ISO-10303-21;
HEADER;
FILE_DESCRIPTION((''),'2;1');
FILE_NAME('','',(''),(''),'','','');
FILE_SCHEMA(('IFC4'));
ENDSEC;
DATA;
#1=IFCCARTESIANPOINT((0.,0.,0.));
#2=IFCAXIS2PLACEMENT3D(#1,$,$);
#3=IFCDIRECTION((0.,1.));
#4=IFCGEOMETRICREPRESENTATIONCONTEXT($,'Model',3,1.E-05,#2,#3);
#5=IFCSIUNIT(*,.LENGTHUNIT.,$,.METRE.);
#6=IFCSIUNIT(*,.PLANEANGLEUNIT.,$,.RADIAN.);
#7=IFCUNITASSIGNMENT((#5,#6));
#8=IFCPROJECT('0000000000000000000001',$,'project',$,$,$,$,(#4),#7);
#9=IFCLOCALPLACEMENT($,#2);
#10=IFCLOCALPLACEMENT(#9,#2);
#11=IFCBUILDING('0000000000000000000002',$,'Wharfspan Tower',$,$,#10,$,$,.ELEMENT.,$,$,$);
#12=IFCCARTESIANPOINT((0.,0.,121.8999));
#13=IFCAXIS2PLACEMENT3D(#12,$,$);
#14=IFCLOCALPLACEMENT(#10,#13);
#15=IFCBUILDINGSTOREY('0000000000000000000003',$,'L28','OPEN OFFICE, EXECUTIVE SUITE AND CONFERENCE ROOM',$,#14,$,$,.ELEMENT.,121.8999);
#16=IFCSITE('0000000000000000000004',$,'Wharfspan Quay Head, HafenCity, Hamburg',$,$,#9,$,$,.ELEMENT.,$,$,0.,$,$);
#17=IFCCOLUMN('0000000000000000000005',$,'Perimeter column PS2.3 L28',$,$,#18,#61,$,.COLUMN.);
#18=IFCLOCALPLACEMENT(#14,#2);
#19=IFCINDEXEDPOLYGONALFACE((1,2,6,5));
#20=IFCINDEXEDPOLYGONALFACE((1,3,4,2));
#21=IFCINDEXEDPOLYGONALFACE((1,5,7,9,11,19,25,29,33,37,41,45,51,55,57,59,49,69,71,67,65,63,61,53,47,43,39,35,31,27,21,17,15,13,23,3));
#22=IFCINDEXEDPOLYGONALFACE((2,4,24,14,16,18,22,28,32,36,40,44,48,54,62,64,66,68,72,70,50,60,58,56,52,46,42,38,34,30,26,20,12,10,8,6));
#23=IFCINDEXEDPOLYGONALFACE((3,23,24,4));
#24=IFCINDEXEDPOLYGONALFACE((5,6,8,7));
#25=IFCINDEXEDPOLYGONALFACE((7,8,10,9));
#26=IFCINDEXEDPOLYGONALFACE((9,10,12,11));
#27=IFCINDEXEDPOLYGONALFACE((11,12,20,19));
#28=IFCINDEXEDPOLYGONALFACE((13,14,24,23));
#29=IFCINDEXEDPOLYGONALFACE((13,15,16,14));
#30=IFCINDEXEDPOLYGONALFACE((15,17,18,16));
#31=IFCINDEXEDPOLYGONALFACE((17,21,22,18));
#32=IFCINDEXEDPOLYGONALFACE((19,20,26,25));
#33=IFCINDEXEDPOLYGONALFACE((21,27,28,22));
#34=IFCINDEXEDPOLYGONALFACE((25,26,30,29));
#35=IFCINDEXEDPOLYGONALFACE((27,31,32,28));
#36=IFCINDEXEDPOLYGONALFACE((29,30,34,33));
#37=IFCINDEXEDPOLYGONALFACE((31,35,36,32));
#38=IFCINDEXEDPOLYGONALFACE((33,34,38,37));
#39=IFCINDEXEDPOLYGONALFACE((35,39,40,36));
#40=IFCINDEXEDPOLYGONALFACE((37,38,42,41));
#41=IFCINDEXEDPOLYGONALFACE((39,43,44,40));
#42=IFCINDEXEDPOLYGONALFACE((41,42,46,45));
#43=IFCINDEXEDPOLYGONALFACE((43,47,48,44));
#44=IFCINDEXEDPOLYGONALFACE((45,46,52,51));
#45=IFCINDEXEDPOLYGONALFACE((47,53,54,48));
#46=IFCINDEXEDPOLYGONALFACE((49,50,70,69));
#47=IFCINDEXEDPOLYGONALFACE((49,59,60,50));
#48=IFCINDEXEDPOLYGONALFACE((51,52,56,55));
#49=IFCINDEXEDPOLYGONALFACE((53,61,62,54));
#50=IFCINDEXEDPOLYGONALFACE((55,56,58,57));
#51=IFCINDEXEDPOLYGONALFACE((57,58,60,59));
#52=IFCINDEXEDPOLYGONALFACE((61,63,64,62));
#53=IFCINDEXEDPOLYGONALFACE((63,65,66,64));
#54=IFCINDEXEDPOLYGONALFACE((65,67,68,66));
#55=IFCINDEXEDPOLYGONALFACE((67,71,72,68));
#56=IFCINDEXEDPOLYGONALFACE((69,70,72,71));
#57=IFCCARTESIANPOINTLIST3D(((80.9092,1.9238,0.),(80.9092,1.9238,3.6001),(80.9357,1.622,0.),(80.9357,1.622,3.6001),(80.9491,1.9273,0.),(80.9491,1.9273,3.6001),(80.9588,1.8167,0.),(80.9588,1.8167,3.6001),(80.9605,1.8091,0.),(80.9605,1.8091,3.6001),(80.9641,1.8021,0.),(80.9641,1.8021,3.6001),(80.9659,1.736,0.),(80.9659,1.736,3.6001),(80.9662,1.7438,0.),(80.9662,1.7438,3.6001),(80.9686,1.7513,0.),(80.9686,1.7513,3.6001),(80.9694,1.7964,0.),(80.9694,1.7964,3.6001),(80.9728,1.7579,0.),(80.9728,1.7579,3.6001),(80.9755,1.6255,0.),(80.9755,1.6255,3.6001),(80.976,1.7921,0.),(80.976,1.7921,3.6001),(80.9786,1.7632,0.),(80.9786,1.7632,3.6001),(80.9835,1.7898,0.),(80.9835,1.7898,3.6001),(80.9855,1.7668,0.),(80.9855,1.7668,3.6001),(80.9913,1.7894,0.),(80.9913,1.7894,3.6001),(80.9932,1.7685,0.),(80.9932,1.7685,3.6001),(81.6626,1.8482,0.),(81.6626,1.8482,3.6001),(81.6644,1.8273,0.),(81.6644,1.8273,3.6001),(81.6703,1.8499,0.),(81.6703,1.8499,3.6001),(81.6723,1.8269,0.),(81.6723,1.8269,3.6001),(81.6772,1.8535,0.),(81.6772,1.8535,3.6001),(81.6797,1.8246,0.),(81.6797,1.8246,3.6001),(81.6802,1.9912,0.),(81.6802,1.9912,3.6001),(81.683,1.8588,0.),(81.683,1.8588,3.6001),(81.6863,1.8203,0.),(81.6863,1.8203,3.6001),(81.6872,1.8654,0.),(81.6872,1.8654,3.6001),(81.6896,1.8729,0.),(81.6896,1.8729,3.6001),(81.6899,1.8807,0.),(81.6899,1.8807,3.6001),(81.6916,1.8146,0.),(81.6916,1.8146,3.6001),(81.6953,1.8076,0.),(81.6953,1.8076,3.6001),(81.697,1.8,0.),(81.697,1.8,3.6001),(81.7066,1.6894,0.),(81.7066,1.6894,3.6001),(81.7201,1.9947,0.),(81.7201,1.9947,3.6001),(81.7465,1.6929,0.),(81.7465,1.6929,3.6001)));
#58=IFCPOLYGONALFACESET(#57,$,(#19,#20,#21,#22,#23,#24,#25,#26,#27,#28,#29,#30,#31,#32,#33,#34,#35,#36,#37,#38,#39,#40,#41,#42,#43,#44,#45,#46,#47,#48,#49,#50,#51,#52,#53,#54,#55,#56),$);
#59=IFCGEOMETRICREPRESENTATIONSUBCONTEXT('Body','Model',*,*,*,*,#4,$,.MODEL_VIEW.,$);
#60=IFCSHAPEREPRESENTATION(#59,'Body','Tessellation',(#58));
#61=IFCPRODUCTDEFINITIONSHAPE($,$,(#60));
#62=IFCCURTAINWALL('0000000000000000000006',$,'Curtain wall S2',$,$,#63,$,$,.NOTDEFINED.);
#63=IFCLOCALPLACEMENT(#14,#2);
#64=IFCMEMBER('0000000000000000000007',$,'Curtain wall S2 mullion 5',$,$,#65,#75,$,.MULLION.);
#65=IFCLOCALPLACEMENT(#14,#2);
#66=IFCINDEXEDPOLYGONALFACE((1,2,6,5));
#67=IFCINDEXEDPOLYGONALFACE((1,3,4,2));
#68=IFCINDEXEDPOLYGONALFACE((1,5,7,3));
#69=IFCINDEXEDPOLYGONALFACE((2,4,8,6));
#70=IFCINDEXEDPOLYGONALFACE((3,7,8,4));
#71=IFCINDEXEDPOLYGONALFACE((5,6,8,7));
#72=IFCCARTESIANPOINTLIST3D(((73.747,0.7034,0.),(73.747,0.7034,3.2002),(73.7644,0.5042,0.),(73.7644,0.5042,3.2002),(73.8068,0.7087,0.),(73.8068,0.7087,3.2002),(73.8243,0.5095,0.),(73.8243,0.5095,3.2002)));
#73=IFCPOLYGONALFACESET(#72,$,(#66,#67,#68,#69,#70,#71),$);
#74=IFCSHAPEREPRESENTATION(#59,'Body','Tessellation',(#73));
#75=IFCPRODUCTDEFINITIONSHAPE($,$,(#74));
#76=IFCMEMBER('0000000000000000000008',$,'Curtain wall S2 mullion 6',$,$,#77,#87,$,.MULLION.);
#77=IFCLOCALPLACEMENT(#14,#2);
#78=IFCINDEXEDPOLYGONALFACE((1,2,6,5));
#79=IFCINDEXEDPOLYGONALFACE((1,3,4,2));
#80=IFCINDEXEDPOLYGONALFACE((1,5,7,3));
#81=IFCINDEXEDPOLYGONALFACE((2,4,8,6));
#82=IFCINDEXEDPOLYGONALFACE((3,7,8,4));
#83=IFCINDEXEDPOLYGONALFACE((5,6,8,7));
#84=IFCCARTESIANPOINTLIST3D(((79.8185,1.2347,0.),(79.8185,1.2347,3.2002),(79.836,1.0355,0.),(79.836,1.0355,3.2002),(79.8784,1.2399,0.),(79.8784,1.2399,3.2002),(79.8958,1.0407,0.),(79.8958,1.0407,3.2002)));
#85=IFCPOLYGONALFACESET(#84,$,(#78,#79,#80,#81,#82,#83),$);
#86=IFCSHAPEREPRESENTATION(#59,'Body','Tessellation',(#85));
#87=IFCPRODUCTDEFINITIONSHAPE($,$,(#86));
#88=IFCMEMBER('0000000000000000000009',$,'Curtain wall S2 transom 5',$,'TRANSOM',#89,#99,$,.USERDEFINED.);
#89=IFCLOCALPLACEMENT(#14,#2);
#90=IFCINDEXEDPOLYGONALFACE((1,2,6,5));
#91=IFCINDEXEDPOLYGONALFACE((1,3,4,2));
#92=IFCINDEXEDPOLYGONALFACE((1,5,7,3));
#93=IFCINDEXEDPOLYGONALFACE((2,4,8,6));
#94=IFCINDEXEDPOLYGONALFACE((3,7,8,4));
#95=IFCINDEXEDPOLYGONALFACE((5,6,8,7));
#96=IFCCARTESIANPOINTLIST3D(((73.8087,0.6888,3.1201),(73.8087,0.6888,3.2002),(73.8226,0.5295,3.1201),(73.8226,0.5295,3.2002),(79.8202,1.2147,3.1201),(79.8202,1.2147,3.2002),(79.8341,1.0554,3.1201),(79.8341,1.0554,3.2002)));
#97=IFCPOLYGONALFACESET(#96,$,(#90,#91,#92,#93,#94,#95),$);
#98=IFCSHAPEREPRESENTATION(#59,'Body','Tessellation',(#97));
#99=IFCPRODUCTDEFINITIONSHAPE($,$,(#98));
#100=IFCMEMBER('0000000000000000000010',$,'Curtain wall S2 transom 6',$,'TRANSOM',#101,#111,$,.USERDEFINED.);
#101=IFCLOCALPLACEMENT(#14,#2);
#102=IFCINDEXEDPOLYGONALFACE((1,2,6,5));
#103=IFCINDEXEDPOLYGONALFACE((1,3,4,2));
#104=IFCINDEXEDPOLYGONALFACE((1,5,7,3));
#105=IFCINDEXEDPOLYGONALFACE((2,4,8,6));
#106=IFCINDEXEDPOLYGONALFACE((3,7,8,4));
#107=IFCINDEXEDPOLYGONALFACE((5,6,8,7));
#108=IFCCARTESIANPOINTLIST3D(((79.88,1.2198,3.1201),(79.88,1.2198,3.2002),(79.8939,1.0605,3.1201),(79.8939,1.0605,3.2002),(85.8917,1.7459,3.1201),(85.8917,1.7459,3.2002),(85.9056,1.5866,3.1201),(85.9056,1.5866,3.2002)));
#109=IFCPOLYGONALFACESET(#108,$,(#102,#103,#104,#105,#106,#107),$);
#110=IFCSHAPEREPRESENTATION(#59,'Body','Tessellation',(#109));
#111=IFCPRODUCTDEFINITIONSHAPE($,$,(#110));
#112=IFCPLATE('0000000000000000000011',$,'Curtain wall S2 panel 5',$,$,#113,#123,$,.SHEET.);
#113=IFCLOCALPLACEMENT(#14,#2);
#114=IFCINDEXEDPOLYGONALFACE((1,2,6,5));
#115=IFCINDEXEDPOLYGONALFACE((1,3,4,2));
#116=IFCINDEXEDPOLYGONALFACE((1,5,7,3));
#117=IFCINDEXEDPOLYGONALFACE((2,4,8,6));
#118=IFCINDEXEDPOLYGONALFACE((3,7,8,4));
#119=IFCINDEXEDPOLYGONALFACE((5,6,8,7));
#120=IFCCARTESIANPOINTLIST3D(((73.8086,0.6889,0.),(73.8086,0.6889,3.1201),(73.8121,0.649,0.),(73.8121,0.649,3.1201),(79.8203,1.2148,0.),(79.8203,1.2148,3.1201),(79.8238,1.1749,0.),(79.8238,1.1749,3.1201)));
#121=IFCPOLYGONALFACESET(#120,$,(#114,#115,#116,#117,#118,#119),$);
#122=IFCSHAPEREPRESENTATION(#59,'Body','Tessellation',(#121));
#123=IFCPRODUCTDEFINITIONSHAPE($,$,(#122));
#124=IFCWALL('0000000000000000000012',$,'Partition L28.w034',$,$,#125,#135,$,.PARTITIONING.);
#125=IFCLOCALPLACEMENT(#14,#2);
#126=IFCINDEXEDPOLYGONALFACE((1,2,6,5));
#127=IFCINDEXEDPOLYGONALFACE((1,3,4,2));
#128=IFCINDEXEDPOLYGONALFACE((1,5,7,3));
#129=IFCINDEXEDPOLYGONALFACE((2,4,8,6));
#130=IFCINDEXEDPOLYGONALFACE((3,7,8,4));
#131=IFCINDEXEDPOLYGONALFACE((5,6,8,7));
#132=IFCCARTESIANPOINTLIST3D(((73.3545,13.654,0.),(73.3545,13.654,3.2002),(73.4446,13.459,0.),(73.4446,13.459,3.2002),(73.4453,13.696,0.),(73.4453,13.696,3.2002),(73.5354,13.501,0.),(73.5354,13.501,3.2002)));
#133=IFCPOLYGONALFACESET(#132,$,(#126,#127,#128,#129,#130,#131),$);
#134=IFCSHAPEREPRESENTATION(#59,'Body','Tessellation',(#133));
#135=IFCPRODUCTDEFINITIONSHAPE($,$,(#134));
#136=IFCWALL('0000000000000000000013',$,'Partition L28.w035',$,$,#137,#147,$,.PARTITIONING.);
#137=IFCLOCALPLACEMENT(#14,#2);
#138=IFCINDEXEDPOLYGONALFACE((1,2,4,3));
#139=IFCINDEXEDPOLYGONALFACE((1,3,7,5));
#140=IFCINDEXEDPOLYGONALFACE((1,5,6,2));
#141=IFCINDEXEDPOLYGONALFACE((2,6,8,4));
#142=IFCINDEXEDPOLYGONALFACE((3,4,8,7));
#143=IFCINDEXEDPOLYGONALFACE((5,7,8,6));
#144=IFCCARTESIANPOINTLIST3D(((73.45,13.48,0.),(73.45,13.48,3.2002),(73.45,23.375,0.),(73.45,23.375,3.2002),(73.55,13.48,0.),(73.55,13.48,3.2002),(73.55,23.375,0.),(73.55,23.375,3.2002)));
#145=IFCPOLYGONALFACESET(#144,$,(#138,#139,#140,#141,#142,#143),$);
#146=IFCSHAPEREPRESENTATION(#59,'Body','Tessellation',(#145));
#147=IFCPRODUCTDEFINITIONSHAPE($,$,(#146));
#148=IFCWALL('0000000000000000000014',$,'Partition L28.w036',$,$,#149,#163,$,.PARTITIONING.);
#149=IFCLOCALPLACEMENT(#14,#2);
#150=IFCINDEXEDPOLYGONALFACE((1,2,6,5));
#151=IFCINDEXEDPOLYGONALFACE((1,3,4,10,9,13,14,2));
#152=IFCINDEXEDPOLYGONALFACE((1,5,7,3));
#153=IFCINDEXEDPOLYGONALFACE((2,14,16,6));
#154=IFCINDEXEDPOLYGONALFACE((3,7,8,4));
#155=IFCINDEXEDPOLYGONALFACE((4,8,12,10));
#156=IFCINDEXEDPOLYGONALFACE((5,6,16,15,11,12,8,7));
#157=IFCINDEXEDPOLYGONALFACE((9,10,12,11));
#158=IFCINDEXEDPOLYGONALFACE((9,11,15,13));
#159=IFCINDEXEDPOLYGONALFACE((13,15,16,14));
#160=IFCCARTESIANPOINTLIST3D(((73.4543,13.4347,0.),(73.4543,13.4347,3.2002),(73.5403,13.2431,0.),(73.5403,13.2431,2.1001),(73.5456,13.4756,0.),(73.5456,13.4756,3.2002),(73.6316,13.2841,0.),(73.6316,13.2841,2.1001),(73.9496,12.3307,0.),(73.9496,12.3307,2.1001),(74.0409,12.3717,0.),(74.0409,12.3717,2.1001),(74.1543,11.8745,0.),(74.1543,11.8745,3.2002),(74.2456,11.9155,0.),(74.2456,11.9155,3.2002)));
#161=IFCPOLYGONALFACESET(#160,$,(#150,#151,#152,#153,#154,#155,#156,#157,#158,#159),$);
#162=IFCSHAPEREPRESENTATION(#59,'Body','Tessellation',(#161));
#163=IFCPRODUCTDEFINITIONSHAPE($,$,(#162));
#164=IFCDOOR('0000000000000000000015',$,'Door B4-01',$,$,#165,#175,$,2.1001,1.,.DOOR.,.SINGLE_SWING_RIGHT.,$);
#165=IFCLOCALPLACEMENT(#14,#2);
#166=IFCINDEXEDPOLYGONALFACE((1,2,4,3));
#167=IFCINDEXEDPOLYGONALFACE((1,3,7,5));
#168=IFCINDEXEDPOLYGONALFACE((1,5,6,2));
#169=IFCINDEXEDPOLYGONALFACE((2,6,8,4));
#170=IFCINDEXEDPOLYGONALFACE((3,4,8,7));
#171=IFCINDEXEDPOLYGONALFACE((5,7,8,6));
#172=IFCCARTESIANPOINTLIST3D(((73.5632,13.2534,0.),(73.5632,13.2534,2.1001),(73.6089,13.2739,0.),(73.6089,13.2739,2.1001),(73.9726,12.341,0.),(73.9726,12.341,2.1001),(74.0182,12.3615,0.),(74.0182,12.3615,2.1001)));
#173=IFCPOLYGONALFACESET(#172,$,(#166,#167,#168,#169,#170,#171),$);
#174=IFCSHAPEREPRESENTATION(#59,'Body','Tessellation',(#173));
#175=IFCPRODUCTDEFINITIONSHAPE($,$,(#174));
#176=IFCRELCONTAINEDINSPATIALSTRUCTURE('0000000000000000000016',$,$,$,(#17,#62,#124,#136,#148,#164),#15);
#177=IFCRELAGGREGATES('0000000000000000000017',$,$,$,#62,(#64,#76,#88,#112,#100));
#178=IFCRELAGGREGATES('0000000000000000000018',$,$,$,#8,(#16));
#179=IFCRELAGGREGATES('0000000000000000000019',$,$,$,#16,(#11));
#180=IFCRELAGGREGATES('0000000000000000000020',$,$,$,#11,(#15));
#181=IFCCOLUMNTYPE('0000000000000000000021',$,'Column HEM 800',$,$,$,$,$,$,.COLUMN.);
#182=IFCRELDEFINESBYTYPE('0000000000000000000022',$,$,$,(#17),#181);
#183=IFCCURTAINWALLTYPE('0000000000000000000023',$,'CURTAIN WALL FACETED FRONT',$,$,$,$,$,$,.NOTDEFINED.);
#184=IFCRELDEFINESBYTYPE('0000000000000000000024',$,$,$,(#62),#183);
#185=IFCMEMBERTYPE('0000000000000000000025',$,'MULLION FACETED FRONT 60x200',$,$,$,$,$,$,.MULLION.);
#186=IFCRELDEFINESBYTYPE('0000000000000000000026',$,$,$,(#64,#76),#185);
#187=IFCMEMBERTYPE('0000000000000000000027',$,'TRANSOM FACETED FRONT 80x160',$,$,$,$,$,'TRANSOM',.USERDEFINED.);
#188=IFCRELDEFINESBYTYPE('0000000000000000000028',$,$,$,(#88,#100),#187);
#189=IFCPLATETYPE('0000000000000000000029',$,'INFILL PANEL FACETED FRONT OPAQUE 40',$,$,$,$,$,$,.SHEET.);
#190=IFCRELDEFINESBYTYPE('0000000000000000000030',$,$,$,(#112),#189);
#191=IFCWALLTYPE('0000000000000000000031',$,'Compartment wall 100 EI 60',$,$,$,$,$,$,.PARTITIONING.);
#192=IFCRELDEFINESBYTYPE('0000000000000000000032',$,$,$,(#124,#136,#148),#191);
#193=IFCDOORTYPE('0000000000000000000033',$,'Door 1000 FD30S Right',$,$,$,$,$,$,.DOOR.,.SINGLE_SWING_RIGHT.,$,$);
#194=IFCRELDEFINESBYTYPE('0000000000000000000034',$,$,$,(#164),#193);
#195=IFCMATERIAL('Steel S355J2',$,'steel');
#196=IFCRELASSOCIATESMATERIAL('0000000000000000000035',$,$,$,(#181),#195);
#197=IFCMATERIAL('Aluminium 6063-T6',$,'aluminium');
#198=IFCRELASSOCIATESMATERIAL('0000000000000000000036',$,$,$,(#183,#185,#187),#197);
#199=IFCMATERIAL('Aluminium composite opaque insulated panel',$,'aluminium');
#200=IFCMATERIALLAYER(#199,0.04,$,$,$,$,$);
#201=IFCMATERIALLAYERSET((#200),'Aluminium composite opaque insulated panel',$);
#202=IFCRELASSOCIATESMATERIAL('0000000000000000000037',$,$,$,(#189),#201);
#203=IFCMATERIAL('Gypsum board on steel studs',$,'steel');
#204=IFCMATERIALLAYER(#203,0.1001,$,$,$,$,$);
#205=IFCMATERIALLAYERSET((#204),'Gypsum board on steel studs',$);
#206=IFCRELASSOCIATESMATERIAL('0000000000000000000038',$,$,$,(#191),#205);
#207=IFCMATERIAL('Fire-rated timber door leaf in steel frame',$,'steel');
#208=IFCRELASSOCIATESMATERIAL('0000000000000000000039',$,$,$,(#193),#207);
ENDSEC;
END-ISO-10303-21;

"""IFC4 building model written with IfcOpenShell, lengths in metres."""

from ifc_helpers import new_model, si_unit, direction, frame, frame_2d, origin, origin_2d, place, context, subcontext, project, spatial, rectangle, i_section, extrude, material, layer, layer_set, material_profile, profile_set, type_object, element, fill, aggregate, save


model = new_model("IFC4")

# Units and contexts
model_context = context("Model", 3, precision=1e-05, world=origin(), true_north=direction((0.0, 1.0)))
body_context = subcontext(model_context, "Body", "Model", "MODEL_VIEW")
ifc_project = project(units=[si_unit("LENGTHUNIT", "METRE"), si_unit("PLANEANGLEUNIT", "RADIAN")], contexts=[model_context])

# Site, building, storey
site_placement = place(None, origin())
site = spatial("IfcSite", under=ifc_project, at=site_placement, Name="Wharfspan Quay Head, HafenCity, Hamburg", CompositionType="ELEMENT", RefElevation=0.0)
building_placement = place(site_placement, origin())
building = spatial("IfcBuilding", under=site, at=building_placement, Name="Wharfspan Tower", CompositionType="ELEMENT")
storey_placement = place(building_placement, frame((0.0, 0.0, 121.8999)))
storey = spatial("IfcBuildingStorey", under=building, at=storey_placement, Name="L28", Description="OPEN OFFICE, EXECUTIVE SUITE AND CONFERENCE ROOM", CompositionType="ELEMENT", Elevation=121.8999)

# Column
ifc_material_1 = material(Name="Steel S355J2", Category="steel")
ifc_material_profile_1 = material_profile(ifc_material_1, i_section(OverallWidth=0.303, OverallDepth=0.814, WebThickness=0.021, FlangeThickness=0.04, FilletRadius=0.03, at=origin_2d()))
ifc_profile_set_1 = profile_set([ifc_material_profile_1], Name="Steel S355J2")
column_type = type_object("IfcColumnType", Name="Column HEM 800", PredefinedType="COLUMN", material=ifc_profile_set_1)
column_placement = place(storey_placement, frame((81.3279, 1.8083, 0.0), z_axis=(0.0, 0.0, 1.0), x_axis=(0.087156, -0.996198, 0.0)))
element("IfcColumn", 1, at=column_placement, inside=storey, type_object=column_type, Name="Perimeter column PS2.3 L28", PredefinedType="COLUMN", context=body_context, shape_type="SweptSolid", body=[
    extrude(i_section(OverallWidth=0.303, OverallDepth=0.814, WebThickness=0.021, FlangeThickness=0.04, FilletRadius=0.03, at=origin_2d()), origin(), (0.0, 0.0, 1.0), 3.6001),
])

# Curtain wall, members, plate
ifc_material_2 = material(Name="Aluminium 6063-T6", Category="aluminium")
curtain_wall_type = type_object("IfcCurtainWallType", Name="CURTAIN WALL FACETED FRONT", PredefinedType="NOTDEFINED", material=ifc_material_2)
curtain_wall_placement = place(storey_placement, origin())
curtain_wall = element("IfcCurtainWall", 2, at=curtain_wall_placement, inside=storey, type_object=curtain_wall_type, Name="Curtain wall S2", PredefinedType="NOTDEFINED")
ifc_material_profile_2 = material_profile(ifc_material_2, rectangle(XDim=0.2, YDim=0.0601, at=origin_2d()))
ifc_profile_set_2 = profile_set([ifc_material_profile_2], Name="Aluminium 6063-T6")
member_type_1 = type_object("IfcMemberType", Name="MULLION FACETED FRONT 60x200", PredefinedType="MULLION", material=ifc_profile_set_2)
member_1_placement = place(storey_placement, frame((73.7856, 0.6064, 0.0), z_axis=(0.0, 0.0, 1.0), x_axis=(-0.087156, 0.996198, 0.0)))
member_1 = element("IfcMember", 3, at=member_1_placement, type_object=member_type_1, Name="Curtain wall S2 mullion 5", PredefinedType="MULLION", context=body_context, shape_type="SweptSolid", body=[
    extrude(rectangle(XDim=0.2, YDim=0.0601, at=origin_2d()), origin(), (0.0, 0.0, 1.0), 3.2002),
])
member_2_placement = place(storey_placement, frame((79.8572, 1.1377, 0.0), z_axis=(0.0, 0.0, 1.0), x_axis=(-0.087156, 0.996198, 0.0)))
member_2 = element("IfcMember", 4, at=member_2_placement, type_object=member_type_1, Name="Curtain wall S2 mullion 6", PredefinedType="MULLION", context=body_context, shape_type="SweptSolid", body=[
    extrude(rectangle(XDim=0.2, YDim=0.0601, at=origin_2d()), origin(), (0.0, 0.0, 1.0), 3.2002),
])
ifc_material_profile_3 = material_profile(ifc_material_2, rectangle(XDim=0.1599, YDim=0.0801, at=origin_2d()))
ifc_profile_set_3 = profile_set([ifc_material_profile_3], Name="Aluminium 6063-T6")
member_type_2 = type_object("IfcMemberType", Name="TRANSOM FACETED FRONT 80x160", ElementType="TRANSOM", PredefinedType="USERDEFINED", material=ifc_profile_set_3)
member_3_placement = place(storey_placement, frame((73.8157, 0.6091, 3.1602), z_axis=(0.996196, 0.087146, 0.0), x_axis=(-0.087146, 0.996196, 0.0)))
member_3 = element("IfcMember", 5, at=member_3_placement, type_object=member_type_2, Name="Curtain wall S2 transom 5", ObjectType="TRANSOM", PredefinedType="USERDEFINED", context=body_context, shape_type="SweptSolid", body=[
    extrude(rectangle(XDim=0.1599, YDim=0.0801, at=origin_2d()), origin(), (0.0, 0.0, 1.0), 6.0344),
])
member_4_placement = place(storey_placement, frame((79.887, 1.1401, 3.1602), z_axis=(0.996192, 0.087183, 0.0), x_axis=(-0.087183, 0.996192, 0.0)))
member_4 = element("IfcMember", 6, at=member_4_placement, type_object=member_type_2, Name="Curtain wall S2 transom 6", ObjectType="TRANSOM", PredefinedType="USERDEFINED", context=body_context, shape_type="SweptSolid", body=[
    extrude(rectangle(XDim=0.1599, YDim=0.0801, at=origin_2d()), origin(), (0.0, 0.0, 1.0), 6.0347),
])
ifc_material_3 = material(Name="Aluminium composite opaque insulated panel", Category="aluminium")
ifc_layer_1 = layer(ifc_material_3, 0.04)
ifc_layer_set_1 = layer_set([ifc_layer_1], Name="Aluminium composite opaque insulated panel")
plate_type = type_object("IfcPlateType", Name="INFILL PANEL FACETED FRONT OPAQUE 40", PredefinedType="SHEET", material=ifc_layer_set_1)
plate_placement = place(storey_placement, frame((76.8162, 0.9319, 0.0), z_axis=(0.0, 0.0, 1.0), x_axis=(0.996198, 0.087156, 0.0)))
plate = element("IfcPlate", 7, at=plate_placement, type_object=plate_type, Name="Curtain wall S2 panel 5", PredefinedType="SHEET", context=body_context, shape_type="SweptSolid", body=[
    extrude(rectangle(XDim=6.0347, YDim=0.04, at=origin_2d()), origin(), (0.0, 0.0, 1.0), 3.1201),
])
aggregate(curtain_wall, [member_1, member_2, member_3, plate, member_4])

# Walls
ifc_material_4 = material(Name="Gypsum board on steel studs", Category="steel")
ifc_layer_2 = layer(ifc_material_4, 0.1001)
ifc_layer_set_2 = layer_set([ifc_layer_2], Name="Gypsum board on steel studs")
wall_type_1 = type_object("IfcWallType", Name="Compartment wall 100 EI 60", PredefinedType="PARTITIONING", material=ifc_layer_set_2)
wall_1_placement = place(storey_placement, frame((73.49, 13.48, 0.0), z_axis=(0.0, 0.0, 1.0), x_axis=(-0.419275, 0.907861, 0.0)))
element("IfcWall", 8, at=wall_1_placement, inside=storey, type_object=wall_type_1, Name="Partition L28.w034", PredefinedType="PARTITIONING", context=body_context, shape_type="SweptSolid", body=[
    extrude(rectangle(XDim=0.2148, YDim=0.1001, at=frame_2d((0.1074, 0.0))), origin(), (0.0, 0.0, 1.0), 3.2002),
])
wall_2_placement = place(storey_placement, frame((73.5, 13.48, 0.0), z_axis=(0.0, 0.0, 1.0), x_axis=(0.0, 1.0, 0.0)))
element("IfcWall", 9, at=wall_2_placement, inside=storey, type_object=wall_type_1, Name="Partition L28.w035", PredefinedType="PARTITIONING", context=body_context, shape_type="SweptSolid", body=[
    extrude(rectangle(XDim=9.895, YDim=0.1001, at=frame_2d((4.9475, 0.0))), origin(), (0.0, 0.0, 1.0), 3.2002),
])

# Wall, opening, door
wall_3_placement = place(storey_placement, frame((74.2, 11.895, 0.0), z_axis=(0.0, 0.0, 1.0), x_axis=(-0.409356, 0.912377, 0.0)))
wall_3 = element("IfcWall", 10, at=wall_3_placement, inside=storey, type_object=wall_type_1, Name="Partition L28.w036", PredefinedType="PARTITIONING", context=body_context, shape_type="SweptSolid", body=[
    extrude(rectangle(XDim=1.71, YDim=0.1001, at=frame_2d((0.855, 0.0))), origin(), (0.0, 0.0, 1.0), 3.2002),
])
opening_placement = place(wall_3_placement, frame((0.5, 0.0, 0.0)))
opening = element("IfcOpeningElement", 11, at=opening_placement, cuts=wall_3, PredefinedType="OPENING", context=body_context, shape_type="SweptSolid", body=[
    extrude(rectangle(XDim=1.0, YDim=2.1001, at=frame_2d((0.5, 1.05))), frame((0.0, 0.0601, 0.0), z_axis=(0.0, -1.0, 0.0), x_axis=(1.0, 0.0, 0.0)), (0.0, 0.0, 1.0), 0.1201),
])
ifc_material_5 = material(Name="Fire-rated timber door leaf in steel frame", Category="steel")
door_type = type_object("IfcDoorType", Name="Door 1000 FD30S Right", OperationType="SINGLE_SWING_RIGHT", PredefinedType="DOOR", material=ifc_material_5)
door_placement = place(opening_placement, origin())
door = element("IfcDoor", 12, at=door_placement, inside=storey, type_object=door_type, Name="Door B4-01", OperationType="SINGLE_SWING_RIGHT", OverallHeight=2.1001, OverallWidth=1.0, PredefinedType="DOOR", context=body_context, shape_type="SweptSolid", body=[
    extrude(rectangle(XDim=1.0, YDim=2.1001, at=frame_2d((0.5, 1.05))), frame((0.0, 0.0249, 0.0), z_axis=(0.0, -1.0, 0.0), x_axis=(1.0, 0.0, 0.0)), (0.0, 0.0, 1.0), 0.05),
])
fill(opening, door)

save(model, "model.ifc")
